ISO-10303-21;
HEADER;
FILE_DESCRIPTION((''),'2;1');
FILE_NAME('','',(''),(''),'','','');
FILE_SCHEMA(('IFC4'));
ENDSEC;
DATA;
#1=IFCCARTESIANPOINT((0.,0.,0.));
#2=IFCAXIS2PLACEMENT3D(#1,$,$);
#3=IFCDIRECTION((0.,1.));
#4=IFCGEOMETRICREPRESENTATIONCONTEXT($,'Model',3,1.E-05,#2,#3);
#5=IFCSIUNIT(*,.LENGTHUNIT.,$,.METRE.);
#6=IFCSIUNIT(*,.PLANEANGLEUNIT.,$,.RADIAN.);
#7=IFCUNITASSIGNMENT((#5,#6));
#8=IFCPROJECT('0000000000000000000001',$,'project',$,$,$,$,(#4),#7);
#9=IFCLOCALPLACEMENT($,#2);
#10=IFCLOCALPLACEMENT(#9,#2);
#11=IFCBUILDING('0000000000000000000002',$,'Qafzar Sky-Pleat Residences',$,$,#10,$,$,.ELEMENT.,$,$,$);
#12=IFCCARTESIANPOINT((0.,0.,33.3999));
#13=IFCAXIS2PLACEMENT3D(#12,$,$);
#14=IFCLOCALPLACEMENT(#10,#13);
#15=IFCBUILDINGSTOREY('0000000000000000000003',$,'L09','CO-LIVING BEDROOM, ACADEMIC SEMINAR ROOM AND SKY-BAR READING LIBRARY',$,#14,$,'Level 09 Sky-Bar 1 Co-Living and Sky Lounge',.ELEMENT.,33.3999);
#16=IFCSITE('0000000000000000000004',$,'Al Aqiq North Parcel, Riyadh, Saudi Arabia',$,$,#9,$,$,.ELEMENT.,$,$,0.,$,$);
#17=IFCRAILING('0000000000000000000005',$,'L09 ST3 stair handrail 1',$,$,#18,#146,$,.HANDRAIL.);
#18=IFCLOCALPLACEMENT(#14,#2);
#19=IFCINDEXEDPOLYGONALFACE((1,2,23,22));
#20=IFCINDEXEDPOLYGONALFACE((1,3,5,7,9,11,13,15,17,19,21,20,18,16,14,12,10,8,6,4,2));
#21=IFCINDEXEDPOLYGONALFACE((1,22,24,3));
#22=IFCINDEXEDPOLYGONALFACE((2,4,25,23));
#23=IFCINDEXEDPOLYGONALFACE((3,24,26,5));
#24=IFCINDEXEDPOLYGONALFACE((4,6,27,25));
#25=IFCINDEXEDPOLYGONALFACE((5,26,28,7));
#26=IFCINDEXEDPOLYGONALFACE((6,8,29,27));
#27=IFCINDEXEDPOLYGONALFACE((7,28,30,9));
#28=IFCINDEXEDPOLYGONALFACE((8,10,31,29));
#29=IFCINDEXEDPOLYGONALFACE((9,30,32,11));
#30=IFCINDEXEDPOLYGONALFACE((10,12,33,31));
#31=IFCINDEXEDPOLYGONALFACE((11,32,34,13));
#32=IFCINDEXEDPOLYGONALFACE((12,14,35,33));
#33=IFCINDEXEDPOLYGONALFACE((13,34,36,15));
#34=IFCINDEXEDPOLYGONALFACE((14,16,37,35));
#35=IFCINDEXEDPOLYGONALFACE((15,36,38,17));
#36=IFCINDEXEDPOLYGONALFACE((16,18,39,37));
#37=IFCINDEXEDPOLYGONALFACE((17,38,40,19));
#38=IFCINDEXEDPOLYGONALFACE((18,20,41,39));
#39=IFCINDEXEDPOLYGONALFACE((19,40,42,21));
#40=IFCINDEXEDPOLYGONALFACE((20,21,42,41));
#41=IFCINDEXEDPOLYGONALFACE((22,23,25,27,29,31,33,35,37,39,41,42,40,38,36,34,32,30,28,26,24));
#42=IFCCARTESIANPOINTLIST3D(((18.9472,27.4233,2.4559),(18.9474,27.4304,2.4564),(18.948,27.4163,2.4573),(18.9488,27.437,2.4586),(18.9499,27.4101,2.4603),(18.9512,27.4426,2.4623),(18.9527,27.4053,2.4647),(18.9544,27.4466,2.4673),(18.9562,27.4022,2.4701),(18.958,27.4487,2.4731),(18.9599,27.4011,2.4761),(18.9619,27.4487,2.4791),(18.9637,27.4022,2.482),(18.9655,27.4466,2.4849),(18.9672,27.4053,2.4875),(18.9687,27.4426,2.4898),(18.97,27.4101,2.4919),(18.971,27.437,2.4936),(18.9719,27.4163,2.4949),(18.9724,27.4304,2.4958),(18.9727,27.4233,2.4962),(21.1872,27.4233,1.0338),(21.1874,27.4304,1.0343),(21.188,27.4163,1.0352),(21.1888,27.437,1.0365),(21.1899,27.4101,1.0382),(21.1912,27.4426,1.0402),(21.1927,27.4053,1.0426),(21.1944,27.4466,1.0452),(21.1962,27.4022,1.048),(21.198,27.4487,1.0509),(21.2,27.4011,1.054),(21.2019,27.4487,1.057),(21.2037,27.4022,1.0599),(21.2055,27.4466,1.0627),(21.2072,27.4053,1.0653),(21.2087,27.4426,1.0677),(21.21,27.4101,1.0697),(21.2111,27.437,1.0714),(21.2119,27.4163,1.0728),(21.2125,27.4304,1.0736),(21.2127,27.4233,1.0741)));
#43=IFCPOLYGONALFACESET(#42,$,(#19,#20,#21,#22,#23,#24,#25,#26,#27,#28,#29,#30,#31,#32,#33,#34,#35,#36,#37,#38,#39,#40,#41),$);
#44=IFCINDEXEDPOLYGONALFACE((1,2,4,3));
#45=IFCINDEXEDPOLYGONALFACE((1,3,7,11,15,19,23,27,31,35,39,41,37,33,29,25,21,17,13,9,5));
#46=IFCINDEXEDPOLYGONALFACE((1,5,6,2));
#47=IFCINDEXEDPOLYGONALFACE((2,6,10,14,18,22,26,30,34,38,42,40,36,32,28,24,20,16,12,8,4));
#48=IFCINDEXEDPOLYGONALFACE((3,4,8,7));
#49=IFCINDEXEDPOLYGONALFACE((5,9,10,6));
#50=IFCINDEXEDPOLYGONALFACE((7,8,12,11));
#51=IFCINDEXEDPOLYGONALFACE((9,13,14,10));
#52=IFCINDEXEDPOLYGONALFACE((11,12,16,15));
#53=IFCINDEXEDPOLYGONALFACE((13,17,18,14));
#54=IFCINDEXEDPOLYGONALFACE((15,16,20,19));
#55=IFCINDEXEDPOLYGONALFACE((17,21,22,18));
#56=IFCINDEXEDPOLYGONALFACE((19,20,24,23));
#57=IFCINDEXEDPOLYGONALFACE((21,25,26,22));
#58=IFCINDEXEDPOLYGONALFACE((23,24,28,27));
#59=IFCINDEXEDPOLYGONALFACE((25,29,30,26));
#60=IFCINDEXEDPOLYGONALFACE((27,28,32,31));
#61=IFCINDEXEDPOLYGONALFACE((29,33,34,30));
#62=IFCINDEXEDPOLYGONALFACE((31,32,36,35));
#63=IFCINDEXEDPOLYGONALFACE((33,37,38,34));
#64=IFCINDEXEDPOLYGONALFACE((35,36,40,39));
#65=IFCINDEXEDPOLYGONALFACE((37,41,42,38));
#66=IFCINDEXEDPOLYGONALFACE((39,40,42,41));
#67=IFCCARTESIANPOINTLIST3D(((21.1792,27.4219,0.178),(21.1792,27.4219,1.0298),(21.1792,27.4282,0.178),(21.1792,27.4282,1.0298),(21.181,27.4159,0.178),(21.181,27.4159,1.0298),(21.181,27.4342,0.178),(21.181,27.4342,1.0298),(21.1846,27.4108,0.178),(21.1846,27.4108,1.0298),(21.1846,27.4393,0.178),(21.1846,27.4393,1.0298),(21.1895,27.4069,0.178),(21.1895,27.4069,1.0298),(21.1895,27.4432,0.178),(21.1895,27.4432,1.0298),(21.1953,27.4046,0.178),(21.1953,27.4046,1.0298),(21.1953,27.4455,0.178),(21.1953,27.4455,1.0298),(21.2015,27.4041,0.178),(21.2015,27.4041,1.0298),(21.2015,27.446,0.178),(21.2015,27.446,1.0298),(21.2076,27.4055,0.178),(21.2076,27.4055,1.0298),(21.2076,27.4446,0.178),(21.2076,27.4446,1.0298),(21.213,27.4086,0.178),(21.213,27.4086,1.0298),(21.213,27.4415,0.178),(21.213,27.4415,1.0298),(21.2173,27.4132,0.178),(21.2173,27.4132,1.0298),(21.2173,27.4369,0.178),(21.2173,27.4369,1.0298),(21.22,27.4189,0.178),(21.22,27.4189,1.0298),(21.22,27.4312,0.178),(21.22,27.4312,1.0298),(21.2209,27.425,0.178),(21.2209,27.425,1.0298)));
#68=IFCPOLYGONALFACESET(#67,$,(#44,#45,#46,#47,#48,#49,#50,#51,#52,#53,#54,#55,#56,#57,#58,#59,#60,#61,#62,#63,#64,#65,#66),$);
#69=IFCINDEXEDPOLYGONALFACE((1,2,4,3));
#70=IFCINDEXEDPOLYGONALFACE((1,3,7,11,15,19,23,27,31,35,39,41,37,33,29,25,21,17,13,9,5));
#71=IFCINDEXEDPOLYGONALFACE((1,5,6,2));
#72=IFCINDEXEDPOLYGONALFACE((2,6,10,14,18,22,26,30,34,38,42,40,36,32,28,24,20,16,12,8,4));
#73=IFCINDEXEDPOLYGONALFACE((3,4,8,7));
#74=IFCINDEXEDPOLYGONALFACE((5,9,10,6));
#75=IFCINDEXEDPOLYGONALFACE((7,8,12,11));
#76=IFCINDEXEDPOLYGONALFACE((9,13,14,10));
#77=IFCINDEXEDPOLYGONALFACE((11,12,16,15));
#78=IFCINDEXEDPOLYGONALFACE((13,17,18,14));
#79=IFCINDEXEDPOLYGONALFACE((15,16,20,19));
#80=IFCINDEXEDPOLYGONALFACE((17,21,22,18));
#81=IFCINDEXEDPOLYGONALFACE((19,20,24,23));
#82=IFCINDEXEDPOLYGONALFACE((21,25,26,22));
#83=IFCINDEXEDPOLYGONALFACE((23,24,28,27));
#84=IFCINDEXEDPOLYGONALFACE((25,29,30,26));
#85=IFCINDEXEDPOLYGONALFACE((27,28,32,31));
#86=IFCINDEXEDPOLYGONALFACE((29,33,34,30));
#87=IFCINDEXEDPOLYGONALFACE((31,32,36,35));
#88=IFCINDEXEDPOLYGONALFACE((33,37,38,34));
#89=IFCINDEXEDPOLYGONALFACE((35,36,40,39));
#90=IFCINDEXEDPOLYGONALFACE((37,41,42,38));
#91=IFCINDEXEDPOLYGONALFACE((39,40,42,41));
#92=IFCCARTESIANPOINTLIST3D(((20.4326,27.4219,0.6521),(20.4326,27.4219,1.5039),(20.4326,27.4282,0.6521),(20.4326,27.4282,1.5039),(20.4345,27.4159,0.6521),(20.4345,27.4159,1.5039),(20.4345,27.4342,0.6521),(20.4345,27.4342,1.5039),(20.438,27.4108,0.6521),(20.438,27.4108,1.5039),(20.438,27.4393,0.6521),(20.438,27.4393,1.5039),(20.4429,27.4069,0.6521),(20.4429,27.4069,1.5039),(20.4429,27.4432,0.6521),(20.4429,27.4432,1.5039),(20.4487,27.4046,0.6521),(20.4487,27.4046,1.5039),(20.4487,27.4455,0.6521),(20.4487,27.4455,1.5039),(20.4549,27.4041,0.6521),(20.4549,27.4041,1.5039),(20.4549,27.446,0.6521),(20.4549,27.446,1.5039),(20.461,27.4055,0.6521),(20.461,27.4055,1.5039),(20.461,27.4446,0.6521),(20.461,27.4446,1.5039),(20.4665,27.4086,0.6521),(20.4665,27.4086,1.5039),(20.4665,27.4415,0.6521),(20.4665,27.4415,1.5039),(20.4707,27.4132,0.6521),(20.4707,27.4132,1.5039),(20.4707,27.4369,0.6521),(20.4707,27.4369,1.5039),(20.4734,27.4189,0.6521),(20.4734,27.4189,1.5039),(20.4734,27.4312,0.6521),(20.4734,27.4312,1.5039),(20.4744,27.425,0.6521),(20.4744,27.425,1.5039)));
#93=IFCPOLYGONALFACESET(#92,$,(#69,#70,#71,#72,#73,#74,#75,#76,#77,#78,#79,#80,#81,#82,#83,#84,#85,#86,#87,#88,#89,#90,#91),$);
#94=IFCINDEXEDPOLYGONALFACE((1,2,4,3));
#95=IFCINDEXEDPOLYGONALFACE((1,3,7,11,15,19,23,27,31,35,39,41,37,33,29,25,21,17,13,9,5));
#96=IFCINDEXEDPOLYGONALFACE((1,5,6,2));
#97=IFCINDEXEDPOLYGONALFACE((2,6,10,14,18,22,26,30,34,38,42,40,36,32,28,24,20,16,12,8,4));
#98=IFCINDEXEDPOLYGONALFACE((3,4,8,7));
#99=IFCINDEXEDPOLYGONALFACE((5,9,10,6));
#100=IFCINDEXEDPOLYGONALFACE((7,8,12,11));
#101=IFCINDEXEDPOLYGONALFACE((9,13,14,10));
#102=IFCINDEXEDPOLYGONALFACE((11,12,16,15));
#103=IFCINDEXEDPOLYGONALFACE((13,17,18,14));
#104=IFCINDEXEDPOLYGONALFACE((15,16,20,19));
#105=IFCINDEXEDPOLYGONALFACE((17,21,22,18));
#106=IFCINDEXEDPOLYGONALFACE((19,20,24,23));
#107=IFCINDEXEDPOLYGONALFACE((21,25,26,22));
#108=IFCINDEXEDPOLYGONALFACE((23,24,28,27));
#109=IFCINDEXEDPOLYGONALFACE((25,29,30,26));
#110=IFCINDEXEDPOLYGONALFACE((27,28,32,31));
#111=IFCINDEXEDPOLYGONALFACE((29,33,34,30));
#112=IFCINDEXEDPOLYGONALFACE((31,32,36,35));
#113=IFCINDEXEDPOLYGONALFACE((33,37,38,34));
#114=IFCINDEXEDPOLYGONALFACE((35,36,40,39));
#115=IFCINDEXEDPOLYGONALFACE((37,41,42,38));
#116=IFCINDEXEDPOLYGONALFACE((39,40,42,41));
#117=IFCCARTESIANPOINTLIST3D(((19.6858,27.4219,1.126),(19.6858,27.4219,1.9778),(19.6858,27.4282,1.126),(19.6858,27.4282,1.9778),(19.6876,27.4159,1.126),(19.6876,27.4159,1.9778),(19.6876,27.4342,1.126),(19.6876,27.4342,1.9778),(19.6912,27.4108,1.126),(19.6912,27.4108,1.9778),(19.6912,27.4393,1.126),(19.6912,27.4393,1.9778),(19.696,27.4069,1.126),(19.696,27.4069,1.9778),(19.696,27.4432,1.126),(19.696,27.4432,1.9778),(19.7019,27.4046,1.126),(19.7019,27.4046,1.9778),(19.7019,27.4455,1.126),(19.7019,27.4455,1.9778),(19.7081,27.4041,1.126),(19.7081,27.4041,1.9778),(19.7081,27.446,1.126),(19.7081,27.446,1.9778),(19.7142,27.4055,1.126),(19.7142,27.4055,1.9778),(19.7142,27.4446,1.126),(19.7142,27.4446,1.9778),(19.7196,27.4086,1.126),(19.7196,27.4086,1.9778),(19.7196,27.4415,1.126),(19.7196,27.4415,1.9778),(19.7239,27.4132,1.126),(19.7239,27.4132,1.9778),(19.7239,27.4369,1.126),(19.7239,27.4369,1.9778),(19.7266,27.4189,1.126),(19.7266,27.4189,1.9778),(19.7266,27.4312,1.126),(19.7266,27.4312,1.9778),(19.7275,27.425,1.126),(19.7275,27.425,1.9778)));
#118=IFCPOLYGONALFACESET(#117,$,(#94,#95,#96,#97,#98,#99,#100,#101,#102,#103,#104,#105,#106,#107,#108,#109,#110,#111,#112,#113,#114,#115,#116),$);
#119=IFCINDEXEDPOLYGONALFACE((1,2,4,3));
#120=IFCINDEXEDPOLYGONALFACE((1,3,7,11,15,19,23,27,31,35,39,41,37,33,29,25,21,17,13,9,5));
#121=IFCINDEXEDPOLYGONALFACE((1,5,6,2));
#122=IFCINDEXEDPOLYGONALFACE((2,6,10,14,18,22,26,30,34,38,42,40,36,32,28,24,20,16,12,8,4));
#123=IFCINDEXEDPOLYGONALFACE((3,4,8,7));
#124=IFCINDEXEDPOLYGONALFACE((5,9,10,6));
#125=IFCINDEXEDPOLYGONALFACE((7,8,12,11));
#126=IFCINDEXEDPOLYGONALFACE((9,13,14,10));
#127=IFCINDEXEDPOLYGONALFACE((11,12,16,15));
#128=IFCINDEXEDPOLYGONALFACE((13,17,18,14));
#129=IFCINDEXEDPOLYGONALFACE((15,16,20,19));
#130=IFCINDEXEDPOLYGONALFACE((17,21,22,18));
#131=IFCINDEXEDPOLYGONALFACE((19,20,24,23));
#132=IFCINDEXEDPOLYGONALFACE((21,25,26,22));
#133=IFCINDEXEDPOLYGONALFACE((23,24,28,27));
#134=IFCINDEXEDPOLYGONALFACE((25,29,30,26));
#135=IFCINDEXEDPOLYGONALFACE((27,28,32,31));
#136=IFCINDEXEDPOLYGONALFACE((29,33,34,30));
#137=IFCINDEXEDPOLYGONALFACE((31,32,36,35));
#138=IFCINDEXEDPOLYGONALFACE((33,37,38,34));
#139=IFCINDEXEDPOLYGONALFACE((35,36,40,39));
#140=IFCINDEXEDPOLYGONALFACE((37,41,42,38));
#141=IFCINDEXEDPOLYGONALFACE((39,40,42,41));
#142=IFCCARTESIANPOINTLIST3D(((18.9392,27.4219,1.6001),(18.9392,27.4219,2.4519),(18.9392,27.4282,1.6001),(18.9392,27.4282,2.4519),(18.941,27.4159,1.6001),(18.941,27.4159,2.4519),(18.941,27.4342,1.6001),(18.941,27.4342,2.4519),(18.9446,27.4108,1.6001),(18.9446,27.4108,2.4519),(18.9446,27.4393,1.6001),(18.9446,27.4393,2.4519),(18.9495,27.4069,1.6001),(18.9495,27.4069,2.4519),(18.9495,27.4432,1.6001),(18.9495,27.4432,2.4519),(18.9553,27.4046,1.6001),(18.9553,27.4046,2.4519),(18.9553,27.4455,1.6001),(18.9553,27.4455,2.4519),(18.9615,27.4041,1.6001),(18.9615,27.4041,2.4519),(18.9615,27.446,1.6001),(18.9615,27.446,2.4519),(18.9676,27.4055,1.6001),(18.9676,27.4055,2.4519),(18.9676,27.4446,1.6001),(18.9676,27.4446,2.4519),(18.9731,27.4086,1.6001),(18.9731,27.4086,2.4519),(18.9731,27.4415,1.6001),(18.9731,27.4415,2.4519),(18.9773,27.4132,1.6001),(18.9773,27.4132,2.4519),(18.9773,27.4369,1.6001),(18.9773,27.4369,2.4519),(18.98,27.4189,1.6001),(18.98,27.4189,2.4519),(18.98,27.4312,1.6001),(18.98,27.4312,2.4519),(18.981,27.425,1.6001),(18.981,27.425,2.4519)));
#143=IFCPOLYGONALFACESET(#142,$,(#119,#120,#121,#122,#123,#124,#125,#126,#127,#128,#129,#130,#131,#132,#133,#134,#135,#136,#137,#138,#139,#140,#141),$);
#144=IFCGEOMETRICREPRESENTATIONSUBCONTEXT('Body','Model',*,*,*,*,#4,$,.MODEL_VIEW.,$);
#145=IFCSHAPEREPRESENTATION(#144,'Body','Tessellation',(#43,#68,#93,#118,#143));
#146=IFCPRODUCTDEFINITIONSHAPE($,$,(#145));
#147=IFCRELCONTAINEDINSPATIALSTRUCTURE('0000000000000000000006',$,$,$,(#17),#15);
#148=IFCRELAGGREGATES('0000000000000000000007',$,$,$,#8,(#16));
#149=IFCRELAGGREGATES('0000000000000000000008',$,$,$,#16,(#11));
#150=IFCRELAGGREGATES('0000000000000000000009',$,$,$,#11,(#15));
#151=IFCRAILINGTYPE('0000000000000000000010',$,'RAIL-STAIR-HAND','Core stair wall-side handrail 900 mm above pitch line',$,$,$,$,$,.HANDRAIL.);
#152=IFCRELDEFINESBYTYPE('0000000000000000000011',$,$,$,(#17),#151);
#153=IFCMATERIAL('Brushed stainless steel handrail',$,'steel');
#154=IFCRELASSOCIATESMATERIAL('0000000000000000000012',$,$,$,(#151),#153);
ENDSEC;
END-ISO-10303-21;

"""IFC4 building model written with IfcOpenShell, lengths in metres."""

from ifc_helpers import new_model, si_unit, direction, frame, origin, origin_2d, place, context, subcontext, project, spatial, circle, extrude, source, transform, mapped, material, type_object, element, save


model = new_model("IFC4")

# Units and contexts
model_context = context("Model", 3, precision=1e-05, world=origin(), true_north=direction((0.0, 1.0)))
body_context = subcontext(model_context, "Body", "Model", "MODEL_VIEW")
ifc_project = project(units=[si_unit("LENGTHUNIT", "METRE"), si_unit("PLANEANGLEUNIT", "RADIAN")], contexts=[model_context])

# Site, building, storey
site_placement = place(None, origin())
site = spatial("IfcSite", under=ifc_project, at=site_placement, Name="Al Aqiq North Parcel, Riyadh, Saudi Arabia", CompositionType="ELEMENT", RefElevation=0.0)
building_placement = place(site_placement, origin())
building = spatial("IfcBuilding", under=site, at=building_placement, Name="Qafzar Sky-Pleat Residences", CompositionType="ELEMENT")
storey_placement = place(building_placement, frame((0.0, 0.0, 33.3999)))
storey = spatial("IfcBuildingStorey", under=building, at=storey_placement, Name="L09", Description="CO-LIVING BEDROOM, ACADEMIC SEMINAR ROOM AND SKY-BAR READING LIBRARY", LongName="Level 09 Sky-Bar 1 Co-Living and Sky Lounge", CompositionType="ELEMENT", Elevation=33.3999)

# Railing
ifc_material_1 = material(Name="Brushed stainless steel handrail", Category="steel")
railing_type = type_object("IfcRailingType", Name="RAIL-STAIR-HAND", Description="Core stair wall-side handrail 900 mm above pitch line", PredefinedType="HANDRAIL", material=ifc_material_1)
shared_shape_1 = source(origin(), body_context, "Body", "SweptSolid", [
    extrude(circle(Radius=0.0239, at=origin_2d()), frame((0.0, 0.0, 0.876), z_axis=(-0.844229, 0.0, 0.535982), x_axis=(0.0, -1.0, 0.0)), (0.0, 0.0, 1.0), 2.6533),
    extrude(circle(Radius=0.021, at=origin_2d()), origin(), (0.0, 0.0, 1.0), 0.8518),
    extrude(circle(Radius=0.021, at=origin_2d()), frame((-0.7466, 0.0, 0.4741)), (0.0, 0.0, 1.0), 0.8518),
    extrude(circle(Radius=0.021, at=origin_2d()), frame((-1.4934, 0.0, 0.948)), (0.0, 0.0, 1.0), 0.8518),
    extrude(circle(Radius=0.021, at=origin_2d()), frame((-2.24, 0.0, 1.4221)), (0.0, 0.0, 1.0), 0.8518),
])
railing_placement = place(storey_placement, frame((21.2, 27.425, 0.178)))
element("IfcRailing", 1, at=railing_placement, inside=storey, type_object=railing_type, Name="L09 ST3 stair handrail 1", PredefinedType="HANDRAIL", context=body_context, shape_type="MappedRepresentation", body=[
    mapped(shared_shape_1, transform((0.0, 0.0, 0.0), x_axis=(1.0, 0.0, 0.0), y_axis=(0.0, 1.0, 0.0), z_axis=(0.0, 0.0, 1.0), scale=1.0)),
])

save(model, "model.ifc")
